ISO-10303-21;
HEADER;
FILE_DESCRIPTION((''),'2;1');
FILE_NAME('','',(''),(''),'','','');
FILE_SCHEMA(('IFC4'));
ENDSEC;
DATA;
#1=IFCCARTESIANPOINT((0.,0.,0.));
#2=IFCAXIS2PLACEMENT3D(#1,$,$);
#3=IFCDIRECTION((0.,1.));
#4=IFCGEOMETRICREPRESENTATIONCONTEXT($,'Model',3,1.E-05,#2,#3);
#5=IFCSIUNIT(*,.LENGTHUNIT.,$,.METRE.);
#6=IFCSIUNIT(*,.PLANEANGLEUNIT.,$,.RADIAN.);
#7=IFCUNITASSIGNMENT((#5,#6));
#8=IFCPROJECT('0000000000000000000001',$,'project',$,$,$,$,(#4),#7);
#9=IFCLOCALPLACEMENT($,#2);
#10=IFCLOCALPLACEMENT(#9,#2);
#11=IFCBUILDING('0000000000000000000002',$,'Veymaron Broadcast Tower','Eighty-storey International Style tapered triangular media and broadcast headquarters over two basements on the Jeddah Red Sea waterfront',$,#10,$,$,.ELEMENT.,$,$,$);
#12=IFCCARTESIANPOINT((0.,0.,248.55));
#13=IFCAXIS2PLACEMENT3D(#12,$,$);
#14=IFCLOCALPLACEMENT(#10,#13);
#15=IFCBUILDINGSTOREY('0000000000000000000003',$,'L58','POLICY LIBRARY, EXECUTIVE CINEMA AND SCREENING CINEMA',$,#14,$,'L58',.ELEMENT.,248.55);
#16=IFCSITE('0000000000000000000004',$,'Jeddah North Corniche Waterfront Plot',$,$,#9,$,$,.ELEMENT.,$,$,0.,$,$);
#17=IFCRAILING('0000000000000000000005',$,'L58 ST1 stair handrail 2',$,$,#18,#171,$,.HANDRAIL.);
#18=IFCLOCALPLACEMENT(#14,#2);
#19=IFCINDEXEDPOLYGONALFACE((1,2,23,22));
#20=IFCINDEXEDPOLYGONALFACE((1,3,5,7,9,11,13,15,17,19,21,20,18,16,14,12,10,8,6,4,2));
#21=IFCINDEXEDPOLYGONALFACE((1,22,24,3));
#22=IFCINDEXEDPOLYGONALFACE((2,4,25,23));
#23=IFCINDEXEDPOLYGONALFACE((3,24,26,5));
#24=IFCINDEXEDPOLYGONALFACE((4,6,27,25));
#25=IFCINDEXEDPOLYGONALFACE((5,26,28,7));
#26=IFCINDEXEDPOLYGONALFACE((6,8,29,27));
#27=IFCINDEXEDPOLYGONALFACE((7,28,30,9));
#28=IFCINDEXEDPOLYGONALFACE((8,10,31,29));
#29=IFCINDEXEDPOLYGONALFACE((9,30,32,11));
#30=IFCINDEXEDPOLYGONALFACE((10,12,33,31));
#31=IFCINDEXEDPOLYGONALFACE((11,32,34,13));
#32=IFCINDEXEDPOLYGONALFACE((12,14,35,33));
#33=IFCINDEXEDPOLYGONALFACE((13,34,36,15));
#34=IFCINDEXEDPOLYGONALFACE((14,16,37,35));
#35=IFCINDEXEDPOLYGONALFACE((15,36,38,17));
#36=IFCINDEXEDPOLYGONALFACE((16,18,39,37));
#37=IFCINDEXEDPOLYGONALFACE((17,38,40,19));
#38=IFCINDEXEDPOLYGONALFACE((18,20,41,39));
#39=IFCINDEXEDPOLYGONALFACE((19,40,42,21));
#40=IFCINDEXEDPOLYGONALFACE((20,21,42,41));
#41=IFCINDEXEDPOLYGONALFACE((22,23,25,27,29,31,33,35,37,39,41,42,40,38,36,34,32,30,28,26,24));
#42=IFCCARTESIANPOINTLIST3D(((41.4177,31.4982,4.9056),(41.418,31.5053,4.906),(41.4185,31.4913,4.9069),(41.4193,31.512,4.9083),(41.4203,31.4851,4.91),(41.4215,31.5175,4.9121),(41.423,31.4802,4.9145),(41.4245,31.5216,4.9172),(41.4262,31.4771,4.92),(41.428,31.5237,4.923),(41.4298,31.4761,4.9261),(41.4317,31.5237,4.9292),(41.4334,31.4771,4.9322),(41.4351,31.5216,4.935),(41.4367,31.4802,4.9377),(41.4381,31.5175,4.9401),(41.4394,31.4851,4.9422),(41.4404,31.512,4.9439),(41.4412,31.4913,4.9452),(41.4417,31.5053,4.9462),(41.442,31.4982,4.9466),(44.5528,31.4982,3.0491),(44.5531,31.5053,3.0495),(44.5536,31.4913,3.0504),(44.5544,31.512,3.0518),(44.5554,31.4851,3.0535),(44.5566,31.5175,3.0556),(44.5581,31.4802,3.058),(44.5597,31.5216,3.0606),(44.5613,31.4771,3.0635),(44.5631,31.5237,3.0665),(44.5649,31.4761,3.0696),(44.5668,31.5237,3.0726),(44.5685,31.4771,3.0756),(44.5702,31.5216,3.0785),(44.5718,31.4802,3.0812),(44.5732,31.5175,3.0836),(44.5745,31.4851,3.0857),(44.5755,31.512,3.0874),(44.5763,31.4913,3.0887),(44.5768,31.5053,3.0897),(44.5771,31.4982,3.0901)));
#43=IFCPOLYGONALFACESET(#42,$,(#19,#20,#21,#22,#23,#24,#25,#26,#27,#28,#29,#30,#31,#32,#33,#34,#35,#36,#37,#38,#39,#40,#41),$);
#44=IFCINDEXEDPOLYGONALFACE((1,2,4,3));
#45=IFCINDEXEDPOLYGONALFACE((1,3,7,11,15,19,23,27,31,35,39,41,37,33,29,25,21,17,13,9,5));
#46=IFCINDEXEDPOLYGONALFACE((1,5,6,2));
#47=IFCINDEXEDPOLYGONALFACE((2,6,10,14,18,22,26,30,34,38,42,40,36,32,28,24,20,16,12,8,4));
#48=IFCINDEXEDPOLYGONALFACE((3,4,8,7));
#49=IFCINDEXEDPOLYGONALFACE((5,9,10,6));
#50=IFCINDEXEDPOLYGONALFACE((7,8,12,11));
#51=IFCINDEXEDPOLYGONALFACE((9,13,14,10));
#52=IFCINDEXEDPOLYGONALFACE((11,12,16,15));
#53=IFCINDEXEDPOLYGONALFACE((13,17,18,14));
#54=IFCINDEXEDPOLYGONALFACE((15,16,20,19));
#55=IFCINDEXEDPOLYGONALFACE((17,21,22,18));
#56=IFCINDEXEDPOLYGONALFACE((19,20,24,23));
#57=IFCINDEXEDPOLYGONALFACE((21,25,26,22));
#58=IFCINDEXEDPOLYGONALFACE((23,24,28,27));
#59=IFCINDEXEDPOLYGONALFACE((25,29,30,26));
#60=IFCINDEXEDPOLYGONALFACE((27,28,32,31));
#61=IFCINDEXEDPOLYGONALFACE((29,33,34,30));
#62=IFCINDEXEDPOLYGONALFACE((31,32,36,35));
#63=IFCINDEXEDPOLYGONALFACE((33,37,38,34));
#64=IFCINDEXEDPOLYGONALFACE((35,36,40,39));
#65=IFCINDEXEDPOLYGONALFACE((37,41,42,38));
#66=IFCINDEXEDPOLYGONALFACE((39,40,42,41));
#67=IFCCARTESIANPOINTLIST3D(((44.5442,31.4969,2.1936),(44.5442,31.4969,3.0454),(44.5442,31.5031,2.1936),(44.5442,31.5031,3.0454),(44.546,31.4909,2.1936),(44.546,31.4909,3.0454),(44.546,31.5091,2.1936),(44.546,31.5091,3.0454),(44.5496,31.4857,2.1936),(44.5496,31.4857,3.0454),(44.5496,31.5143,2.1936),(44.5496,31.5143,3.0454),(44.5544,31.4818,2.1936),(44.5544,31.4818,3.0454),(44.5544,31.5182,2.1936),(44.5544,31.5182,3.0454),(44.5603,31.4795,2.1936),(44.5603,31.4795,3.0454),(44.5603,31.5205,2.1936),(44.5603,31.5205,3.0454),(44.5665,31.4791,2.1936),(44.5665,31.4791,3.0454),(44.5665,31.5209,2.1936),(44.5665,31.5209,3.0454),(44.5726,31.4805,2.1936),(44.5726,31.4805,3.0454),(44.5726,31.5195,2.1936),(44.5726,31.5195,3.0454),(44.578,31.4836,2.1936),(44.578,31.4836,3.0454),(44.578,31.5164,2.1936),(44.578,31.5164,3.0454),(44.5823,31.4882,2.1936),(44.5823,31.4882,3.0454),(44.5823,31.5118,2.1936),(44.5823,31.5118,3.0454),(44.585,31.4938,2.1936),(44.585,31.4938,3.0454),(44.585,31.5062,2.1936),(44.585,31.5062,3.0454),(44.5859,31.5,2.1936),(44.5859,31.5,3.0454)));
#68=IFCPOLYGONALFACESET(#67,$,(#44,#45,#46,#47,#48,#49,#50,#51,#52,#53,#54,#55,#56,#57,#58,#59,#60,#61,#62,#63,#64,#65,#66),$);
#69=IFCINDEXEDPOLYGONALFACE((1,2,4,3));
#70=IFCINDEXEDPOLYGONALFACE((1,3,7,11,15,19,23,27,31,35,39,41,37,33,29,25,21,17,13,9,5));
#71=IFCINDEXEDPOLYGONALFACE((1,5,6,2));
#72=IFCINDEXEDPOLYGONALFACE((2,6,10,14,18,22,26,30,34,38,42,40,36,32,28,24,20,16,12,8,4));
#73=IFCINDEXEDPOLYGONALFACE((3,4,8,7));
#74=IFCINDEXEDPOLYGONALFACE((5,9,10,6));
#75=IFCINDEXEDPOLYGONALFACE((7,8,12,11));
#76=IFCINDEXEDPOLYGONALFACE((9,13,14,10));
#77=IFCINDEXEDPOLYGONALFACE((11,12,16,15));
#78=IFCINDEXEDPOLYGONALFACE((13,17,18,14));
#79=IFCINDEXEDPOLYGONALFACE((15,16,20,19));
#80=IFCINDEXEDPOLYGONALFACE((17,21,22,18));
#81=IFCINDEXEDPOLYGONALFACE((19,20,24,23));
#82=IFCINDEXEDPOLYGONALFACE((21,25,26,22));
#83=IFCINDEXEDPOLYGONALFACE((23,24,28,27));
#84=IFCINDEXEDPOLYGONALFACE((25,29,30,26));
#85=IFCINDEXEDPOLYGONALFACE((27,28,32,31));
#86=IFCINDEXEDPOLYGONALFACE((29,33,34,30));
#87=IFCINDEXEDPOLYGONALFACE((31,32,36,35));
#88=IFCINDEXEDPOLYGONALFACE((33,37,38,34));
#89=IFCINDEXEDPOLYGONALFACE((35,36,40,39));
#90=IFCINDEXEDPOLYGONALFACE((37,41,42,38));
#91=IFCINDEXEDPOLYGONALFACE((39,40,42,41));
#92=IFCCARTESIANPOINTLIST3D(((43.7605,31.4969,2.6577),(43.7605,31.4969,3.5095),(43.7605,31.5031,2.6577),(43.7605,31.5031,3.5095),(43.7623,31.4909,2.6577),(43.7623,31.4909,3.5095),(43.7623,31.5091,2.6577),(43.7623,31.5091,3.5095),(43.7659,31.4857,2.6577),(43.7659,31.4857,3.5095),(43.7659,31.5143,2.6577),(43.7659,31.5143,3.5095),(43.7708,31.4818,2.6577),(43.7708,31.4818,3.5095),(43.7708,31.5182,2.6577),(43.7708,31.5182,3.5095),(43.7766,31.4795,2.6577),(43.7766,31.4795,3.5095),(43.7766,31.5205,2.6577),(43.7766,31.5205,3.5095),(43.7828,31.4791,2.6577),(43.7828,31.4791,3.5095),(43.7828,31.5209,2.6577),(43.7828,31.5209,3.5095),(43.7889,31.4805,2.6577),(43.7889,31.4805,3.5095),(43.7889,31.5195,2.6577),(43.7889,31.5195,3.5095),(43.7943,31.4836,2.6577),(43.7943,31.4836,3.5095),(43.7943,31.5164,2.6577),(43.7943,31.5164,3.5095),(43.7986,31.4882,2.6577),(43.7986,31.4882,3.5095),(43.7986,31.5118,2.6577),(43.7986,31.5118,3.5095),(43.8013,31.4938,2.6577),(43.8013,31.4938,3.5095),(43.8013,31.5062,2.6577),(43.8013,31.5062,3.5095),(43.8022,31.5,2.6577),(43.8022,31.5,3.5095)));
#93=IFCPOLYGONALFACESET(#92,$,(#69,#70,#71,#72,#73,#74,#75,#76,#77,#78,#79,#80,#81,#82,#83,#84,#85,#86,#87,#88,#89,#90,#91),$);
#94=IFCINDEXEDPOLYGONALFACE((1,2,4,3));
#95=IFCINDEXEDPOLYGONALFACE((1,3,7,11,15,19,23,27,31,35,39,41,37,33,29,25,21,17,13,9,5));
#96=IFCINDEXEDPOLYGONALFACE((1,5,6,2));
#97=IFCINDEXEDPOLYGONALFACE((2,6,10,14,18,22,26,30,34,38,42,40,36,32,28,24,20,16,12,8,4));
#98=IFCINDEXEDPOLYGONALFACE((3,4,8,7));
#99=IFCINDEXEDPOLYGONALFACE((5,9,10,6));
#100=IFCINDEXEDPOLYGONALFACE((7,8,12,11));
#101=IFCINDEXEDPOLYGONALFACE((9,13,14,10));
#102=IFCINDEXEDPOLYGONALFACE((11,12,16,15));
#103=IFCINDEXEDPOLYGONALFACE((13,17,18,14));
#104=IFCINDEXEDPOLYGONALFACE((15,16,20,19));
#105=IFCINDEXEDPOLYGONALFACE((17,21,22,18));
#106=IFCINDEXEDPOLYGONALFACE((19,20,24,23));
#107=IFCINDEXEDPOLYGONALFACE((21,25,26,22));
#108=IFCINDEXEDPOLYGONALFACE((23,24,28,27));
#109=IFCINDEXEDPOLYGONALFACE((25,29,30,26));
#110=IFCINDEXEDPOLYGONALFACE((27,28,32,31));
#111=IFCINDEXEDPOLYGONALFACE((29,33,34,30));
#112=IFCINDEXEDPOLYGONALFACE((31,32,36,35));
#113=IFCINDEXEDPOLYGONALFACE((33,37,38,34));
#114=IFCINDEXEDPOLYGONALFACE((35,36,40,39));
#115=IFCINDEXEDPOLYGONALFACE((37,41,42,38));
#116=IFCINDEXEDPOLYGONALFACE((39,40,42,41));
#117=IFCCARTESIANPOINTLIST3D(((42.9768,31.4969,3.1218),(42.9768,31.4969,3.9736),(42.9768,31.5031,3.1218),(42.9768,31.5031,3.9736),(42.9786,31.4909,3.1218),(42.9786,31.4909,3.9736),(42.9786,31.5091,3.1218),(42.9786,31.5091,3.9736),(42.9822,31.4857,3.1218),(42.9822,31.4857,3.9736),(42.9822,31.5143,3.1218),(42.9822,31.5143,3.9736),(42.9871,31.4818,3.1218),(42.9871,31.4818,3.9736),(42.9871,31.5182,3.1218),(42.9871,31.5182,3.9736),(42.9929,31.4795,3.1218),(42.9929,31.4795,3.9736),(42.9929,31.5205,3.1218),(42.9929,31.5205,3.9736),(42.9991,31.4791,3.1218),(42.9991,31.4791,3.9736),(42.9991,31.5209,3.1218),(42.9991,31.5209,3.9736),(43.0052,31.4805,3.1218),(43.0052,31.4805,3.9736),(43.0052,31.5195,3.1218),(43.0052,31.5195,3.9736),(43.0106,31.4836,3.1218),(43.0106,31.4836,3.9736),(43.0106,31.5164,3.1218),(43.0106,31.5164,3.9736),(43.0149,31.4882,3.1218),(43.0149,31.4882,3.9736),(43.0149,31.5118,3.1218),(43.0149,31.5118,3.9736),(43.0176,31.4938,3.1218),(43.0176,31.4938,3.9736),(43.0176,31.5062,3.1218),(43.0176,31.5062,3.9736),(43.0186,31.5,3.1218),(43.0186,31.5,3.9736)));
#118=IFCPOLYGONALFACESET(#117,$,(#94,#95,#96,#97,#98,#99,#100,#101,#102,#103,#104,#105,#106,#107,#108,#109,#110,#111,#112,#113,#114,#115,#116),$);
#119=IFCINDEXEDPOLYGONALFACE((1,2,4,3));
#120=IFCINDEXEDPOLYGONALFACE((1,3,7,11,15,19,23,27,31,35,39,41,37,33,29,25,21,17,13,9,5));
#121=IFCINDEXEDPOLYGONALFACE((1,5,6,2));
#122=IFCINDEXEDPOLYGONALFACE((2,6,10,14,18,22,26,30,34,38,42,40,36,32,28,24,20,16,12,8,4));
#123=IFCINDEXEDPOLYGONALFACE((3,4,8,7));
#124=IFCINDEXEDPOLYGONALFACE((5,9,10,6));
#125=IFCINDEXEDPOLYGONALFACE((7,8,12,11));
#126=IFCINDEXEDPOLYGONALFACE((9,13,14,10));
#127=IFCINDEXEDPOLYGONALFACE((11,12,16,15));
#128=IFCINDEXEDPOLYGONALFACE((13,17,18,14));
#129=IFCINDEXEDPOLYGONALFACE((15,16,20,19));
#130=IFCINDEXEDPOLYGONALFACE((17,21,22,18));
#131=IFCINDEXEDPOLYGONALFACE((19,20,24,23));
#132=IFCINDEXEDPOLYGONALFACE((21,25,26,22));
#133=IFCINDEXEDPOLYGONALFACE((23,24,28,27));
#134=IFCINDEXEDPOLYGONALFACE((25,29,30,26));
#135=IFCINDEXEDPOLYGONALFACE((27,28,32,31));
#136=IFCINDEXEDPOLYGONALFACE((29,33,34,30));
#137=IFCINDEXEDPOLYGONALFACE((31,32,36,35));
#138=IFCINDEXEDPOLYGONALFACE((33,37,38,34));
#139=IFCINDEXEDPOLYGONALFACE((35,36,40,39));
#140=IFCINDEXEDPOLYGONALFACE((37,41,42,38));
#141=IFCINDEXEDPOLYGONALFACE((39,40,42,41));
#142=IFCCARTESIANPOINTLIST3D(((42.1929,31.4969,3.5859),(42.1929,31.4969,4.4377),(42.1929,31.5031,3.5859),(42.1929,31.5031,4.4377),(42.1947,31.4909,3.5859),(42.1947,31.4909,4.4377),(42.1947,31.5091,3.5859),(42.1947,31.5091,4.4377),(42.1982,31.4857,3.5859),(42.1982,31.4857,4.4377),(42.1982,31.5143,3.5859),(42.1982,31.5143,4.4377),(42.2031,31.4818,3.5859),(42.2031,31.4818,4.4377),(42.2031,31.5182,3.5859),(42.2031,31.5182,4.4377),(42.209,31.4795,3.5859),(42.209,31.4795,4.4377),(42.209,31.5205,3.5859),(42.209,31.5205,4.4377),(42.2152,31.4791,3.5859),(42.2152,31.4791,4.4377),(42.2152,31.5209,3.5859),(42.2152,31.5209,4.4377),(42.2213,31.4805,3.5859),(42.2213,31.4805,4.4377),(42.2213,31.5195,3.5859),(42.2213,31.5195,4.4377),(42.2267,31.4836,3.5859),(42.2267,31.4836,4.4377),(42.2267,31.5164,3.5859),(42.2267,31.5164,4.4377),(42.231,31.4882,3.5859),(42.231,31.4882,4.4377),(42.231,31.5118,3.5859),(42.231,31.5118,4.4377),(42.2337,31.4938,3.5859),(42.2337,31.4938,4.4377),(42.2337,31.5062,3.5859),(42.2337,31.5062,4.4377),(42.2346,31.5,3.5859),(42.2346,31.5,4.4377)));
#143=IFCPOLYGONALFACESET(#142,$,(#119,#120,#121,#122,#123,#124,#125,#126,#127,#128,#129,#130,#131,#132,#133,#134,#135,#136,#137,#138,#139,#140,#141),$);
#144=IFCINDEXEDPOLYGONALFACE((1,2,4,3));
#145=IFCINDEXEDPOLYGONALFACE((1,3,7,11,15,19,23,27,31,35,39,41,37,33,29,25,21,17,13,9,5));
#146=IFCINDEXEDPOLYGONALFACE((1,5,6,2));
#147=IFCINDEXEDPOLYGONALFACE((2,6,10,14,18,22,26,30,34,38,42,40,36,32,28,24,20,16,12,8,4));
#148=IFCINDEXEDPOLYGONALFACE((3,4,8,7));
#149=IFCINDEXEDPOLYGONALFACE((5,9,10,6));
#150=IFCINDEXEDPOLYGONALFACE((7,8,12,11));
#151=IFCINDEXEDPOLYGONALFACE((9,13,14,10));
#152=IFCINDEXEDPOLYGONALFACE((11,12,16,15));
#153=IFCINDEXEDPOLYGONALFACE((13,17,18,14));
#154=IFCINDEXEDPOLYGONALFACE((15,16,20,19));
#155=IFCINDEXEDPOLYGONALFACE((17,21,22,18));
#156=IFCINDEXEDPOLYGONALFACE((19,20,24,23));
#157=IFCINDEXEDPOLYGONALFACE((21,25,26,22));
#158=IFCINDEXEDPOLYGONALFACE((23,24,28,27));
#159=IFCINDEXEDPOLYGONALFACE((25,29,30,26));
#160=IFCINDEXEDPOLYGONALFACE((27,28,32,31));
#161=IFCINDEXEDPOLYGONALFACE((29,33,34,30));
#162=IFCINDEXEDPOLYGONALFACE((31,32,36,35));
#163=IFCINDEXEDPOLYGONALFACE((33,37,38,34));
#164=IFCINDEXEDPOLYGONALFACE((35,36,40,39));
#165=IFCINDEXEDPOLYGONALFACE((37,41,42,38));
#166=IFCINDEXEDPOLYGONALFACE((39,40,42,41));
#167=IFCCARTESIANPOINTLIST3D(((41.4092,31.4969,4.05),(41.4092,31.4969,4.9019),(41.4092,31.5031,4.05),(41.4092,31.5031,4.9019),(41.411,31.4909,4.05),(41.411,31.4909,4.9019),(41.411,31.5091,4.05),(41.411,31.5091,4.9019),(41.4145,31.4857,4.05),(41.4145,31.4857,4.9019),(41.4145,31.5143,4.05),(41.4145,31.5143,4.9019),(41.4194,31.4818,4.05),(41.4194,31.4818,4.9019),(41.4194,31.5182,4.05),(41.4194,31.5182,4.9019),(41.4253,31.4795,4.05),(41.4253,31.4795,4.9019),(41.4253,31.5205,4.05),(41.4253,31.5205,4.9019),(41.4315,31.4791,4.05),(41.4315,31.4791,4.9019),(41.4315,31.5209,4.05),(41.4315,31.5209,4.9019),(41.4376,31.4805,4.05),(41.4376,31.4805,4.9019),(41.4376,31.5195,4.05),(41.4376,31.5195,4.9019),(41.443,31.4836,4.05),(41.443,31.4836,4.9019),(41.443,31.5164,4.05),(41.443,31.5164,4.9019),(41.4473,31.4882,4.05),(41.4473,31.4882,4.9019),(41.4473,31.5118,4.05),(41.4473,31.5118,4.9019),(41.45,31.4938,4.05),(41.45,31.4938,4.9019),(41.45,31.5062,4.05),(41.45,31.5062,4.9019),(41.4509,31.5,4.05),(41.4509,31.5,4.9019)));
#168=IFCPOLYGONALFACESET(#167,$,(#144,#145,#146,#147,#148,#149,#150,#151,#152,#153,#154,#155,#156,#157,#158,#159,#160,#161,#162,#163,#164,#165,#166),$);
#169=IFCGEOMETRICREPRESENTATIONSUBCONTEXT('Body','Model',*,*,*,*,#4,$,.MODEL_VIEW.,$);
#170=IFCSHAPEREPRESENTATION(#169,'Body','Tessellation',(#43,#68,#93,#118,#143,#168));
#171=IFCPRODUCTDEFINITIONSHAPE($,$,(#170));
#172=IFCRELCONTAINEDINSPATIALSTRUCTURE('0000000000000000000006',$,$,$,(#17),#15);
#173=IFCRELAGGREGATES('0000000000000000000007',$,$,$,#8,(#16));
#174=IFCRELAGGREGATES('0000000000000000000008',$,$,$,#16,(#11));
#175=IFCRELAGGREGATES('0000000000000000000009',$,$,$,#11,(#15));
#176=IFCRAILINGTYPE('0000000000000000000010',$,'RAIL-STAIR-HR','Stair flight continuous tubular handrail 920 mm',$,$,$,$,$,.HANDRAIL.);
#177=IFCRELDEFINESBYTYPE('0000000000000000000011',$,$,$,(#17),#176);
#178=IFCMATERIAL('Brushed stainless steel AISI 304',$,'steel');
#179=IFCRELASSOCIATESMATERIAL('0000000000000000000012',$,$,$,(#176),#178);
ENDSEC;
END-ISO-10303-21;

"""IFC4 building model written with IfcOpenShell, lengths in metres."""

from ifc_helpers import new_model, si_unit, direction, frame, origin, origin_2d, place, context, subcontext, project, spatial, circle, extrude, material, type_object, element, save


model = new_model("IFC4")

# Units and contexts
model_context = context("Model", 3, precision=1e-05, world=origin(), true_north=direction((0.0, 1.0)))
body_context = subcontext(model_context, "Body", "Model", "MODEL_VIEW")
ifc_project = project(units=[si_unit("LENGTHUNIT", "METRE"), si_unit("PLANEANGLEUNIT", "RADIAN")], contexts=[model_context])

# Site, building, storey
site_placement = place(None, origin())
site = spatial("IfcSite", under=ifc_project, at=site_placement, Name="Jeddah North Corniche Waterfront Plot", CompositionType="ELEMENT", RefElevation=0.0)
building_placement = place(site_placement, origin())
building = spatial("IfcBuilding", under=site, at=building_placement, Name="Veymaron Broadcast Tower", Description="Eighty-storey International Style tapered triangular media and broadcast headquarters over two basements on the Jeddah Red Sea waterfront", CompositionType="ELEMENT")
storey_placement = place(building_placement, frame((0.0, 0.0, 248.55)))
storey = spatial("IfcBuildingStorey", under=building, at=storey_placement, Name="L58", Description="POLICY LIBRARY, EXECUTIVE CINEMA AND SCREENING CINEMA", LongName="L58", CompositionType="ELEMENT", Elevation=248.55)

# Shared definitions
ifc_material_1 = material(Name="Brushed stainless steel AISI 304", Category="steel")

# Railing
railing_type_1 = type_object("IfcRailingType", Name="RAIL-STAIR-HR", Description="Stair flight continuous tubular handrail 920 mm", PredefinedType="HANDRAIL", material=ifc_material_1)
railing_1_placement = place(storey_placement, frame((44.5649, 31.5, 2.1936)))
element("IfcRailing", 1, at=railing_1_placement, inside=storey, type_object=railing_type_1, Name="L58 ST1 stair handrail 2", PredefinedType="HANDRAIL", context=body_context, shape_type="SweptSolid", body=[
    extrude(circle(Radius=0.0239, at=origin_2d()), frame((0.0, 0.0, 0.876), z_axis=(-0.860453, 0.0, 0.509531), x_axis=(0.0, -1.0, 0.0)), (0.0, 0.0, 1.0), 3.6436),
    extrude(circle(Radius=0.021, at=origin_2d()), origin(), (0.0, 0.0, 1.0), 0.8518),
    extrude(circle(Radius=0.021, at=origin_2d()), frame((-0.7837, 0.0, 0.4641)), (0.0, 0.0, 1.0), 0.8518),
    extrude(circle(Radius=0.021, at=origin_2d()), frame((-1.5674, 0.0, 0.9282)), (0.0, 0.0, 1.0), 0.8518),
    extrude(circle(Radius=0.021, at=origin_2d()), frame((-2.3513, 0.0, 1.3923)), (0.0, 0.0, 1.0), 0.8518),
    extrude(circle(Radius=0.021, at=origin_2d()), frame((-3.135, 0.0, 1.8564)), (0.0, 0.0, 1.0), 0.8518),
])

save(model, "model.ifc")
